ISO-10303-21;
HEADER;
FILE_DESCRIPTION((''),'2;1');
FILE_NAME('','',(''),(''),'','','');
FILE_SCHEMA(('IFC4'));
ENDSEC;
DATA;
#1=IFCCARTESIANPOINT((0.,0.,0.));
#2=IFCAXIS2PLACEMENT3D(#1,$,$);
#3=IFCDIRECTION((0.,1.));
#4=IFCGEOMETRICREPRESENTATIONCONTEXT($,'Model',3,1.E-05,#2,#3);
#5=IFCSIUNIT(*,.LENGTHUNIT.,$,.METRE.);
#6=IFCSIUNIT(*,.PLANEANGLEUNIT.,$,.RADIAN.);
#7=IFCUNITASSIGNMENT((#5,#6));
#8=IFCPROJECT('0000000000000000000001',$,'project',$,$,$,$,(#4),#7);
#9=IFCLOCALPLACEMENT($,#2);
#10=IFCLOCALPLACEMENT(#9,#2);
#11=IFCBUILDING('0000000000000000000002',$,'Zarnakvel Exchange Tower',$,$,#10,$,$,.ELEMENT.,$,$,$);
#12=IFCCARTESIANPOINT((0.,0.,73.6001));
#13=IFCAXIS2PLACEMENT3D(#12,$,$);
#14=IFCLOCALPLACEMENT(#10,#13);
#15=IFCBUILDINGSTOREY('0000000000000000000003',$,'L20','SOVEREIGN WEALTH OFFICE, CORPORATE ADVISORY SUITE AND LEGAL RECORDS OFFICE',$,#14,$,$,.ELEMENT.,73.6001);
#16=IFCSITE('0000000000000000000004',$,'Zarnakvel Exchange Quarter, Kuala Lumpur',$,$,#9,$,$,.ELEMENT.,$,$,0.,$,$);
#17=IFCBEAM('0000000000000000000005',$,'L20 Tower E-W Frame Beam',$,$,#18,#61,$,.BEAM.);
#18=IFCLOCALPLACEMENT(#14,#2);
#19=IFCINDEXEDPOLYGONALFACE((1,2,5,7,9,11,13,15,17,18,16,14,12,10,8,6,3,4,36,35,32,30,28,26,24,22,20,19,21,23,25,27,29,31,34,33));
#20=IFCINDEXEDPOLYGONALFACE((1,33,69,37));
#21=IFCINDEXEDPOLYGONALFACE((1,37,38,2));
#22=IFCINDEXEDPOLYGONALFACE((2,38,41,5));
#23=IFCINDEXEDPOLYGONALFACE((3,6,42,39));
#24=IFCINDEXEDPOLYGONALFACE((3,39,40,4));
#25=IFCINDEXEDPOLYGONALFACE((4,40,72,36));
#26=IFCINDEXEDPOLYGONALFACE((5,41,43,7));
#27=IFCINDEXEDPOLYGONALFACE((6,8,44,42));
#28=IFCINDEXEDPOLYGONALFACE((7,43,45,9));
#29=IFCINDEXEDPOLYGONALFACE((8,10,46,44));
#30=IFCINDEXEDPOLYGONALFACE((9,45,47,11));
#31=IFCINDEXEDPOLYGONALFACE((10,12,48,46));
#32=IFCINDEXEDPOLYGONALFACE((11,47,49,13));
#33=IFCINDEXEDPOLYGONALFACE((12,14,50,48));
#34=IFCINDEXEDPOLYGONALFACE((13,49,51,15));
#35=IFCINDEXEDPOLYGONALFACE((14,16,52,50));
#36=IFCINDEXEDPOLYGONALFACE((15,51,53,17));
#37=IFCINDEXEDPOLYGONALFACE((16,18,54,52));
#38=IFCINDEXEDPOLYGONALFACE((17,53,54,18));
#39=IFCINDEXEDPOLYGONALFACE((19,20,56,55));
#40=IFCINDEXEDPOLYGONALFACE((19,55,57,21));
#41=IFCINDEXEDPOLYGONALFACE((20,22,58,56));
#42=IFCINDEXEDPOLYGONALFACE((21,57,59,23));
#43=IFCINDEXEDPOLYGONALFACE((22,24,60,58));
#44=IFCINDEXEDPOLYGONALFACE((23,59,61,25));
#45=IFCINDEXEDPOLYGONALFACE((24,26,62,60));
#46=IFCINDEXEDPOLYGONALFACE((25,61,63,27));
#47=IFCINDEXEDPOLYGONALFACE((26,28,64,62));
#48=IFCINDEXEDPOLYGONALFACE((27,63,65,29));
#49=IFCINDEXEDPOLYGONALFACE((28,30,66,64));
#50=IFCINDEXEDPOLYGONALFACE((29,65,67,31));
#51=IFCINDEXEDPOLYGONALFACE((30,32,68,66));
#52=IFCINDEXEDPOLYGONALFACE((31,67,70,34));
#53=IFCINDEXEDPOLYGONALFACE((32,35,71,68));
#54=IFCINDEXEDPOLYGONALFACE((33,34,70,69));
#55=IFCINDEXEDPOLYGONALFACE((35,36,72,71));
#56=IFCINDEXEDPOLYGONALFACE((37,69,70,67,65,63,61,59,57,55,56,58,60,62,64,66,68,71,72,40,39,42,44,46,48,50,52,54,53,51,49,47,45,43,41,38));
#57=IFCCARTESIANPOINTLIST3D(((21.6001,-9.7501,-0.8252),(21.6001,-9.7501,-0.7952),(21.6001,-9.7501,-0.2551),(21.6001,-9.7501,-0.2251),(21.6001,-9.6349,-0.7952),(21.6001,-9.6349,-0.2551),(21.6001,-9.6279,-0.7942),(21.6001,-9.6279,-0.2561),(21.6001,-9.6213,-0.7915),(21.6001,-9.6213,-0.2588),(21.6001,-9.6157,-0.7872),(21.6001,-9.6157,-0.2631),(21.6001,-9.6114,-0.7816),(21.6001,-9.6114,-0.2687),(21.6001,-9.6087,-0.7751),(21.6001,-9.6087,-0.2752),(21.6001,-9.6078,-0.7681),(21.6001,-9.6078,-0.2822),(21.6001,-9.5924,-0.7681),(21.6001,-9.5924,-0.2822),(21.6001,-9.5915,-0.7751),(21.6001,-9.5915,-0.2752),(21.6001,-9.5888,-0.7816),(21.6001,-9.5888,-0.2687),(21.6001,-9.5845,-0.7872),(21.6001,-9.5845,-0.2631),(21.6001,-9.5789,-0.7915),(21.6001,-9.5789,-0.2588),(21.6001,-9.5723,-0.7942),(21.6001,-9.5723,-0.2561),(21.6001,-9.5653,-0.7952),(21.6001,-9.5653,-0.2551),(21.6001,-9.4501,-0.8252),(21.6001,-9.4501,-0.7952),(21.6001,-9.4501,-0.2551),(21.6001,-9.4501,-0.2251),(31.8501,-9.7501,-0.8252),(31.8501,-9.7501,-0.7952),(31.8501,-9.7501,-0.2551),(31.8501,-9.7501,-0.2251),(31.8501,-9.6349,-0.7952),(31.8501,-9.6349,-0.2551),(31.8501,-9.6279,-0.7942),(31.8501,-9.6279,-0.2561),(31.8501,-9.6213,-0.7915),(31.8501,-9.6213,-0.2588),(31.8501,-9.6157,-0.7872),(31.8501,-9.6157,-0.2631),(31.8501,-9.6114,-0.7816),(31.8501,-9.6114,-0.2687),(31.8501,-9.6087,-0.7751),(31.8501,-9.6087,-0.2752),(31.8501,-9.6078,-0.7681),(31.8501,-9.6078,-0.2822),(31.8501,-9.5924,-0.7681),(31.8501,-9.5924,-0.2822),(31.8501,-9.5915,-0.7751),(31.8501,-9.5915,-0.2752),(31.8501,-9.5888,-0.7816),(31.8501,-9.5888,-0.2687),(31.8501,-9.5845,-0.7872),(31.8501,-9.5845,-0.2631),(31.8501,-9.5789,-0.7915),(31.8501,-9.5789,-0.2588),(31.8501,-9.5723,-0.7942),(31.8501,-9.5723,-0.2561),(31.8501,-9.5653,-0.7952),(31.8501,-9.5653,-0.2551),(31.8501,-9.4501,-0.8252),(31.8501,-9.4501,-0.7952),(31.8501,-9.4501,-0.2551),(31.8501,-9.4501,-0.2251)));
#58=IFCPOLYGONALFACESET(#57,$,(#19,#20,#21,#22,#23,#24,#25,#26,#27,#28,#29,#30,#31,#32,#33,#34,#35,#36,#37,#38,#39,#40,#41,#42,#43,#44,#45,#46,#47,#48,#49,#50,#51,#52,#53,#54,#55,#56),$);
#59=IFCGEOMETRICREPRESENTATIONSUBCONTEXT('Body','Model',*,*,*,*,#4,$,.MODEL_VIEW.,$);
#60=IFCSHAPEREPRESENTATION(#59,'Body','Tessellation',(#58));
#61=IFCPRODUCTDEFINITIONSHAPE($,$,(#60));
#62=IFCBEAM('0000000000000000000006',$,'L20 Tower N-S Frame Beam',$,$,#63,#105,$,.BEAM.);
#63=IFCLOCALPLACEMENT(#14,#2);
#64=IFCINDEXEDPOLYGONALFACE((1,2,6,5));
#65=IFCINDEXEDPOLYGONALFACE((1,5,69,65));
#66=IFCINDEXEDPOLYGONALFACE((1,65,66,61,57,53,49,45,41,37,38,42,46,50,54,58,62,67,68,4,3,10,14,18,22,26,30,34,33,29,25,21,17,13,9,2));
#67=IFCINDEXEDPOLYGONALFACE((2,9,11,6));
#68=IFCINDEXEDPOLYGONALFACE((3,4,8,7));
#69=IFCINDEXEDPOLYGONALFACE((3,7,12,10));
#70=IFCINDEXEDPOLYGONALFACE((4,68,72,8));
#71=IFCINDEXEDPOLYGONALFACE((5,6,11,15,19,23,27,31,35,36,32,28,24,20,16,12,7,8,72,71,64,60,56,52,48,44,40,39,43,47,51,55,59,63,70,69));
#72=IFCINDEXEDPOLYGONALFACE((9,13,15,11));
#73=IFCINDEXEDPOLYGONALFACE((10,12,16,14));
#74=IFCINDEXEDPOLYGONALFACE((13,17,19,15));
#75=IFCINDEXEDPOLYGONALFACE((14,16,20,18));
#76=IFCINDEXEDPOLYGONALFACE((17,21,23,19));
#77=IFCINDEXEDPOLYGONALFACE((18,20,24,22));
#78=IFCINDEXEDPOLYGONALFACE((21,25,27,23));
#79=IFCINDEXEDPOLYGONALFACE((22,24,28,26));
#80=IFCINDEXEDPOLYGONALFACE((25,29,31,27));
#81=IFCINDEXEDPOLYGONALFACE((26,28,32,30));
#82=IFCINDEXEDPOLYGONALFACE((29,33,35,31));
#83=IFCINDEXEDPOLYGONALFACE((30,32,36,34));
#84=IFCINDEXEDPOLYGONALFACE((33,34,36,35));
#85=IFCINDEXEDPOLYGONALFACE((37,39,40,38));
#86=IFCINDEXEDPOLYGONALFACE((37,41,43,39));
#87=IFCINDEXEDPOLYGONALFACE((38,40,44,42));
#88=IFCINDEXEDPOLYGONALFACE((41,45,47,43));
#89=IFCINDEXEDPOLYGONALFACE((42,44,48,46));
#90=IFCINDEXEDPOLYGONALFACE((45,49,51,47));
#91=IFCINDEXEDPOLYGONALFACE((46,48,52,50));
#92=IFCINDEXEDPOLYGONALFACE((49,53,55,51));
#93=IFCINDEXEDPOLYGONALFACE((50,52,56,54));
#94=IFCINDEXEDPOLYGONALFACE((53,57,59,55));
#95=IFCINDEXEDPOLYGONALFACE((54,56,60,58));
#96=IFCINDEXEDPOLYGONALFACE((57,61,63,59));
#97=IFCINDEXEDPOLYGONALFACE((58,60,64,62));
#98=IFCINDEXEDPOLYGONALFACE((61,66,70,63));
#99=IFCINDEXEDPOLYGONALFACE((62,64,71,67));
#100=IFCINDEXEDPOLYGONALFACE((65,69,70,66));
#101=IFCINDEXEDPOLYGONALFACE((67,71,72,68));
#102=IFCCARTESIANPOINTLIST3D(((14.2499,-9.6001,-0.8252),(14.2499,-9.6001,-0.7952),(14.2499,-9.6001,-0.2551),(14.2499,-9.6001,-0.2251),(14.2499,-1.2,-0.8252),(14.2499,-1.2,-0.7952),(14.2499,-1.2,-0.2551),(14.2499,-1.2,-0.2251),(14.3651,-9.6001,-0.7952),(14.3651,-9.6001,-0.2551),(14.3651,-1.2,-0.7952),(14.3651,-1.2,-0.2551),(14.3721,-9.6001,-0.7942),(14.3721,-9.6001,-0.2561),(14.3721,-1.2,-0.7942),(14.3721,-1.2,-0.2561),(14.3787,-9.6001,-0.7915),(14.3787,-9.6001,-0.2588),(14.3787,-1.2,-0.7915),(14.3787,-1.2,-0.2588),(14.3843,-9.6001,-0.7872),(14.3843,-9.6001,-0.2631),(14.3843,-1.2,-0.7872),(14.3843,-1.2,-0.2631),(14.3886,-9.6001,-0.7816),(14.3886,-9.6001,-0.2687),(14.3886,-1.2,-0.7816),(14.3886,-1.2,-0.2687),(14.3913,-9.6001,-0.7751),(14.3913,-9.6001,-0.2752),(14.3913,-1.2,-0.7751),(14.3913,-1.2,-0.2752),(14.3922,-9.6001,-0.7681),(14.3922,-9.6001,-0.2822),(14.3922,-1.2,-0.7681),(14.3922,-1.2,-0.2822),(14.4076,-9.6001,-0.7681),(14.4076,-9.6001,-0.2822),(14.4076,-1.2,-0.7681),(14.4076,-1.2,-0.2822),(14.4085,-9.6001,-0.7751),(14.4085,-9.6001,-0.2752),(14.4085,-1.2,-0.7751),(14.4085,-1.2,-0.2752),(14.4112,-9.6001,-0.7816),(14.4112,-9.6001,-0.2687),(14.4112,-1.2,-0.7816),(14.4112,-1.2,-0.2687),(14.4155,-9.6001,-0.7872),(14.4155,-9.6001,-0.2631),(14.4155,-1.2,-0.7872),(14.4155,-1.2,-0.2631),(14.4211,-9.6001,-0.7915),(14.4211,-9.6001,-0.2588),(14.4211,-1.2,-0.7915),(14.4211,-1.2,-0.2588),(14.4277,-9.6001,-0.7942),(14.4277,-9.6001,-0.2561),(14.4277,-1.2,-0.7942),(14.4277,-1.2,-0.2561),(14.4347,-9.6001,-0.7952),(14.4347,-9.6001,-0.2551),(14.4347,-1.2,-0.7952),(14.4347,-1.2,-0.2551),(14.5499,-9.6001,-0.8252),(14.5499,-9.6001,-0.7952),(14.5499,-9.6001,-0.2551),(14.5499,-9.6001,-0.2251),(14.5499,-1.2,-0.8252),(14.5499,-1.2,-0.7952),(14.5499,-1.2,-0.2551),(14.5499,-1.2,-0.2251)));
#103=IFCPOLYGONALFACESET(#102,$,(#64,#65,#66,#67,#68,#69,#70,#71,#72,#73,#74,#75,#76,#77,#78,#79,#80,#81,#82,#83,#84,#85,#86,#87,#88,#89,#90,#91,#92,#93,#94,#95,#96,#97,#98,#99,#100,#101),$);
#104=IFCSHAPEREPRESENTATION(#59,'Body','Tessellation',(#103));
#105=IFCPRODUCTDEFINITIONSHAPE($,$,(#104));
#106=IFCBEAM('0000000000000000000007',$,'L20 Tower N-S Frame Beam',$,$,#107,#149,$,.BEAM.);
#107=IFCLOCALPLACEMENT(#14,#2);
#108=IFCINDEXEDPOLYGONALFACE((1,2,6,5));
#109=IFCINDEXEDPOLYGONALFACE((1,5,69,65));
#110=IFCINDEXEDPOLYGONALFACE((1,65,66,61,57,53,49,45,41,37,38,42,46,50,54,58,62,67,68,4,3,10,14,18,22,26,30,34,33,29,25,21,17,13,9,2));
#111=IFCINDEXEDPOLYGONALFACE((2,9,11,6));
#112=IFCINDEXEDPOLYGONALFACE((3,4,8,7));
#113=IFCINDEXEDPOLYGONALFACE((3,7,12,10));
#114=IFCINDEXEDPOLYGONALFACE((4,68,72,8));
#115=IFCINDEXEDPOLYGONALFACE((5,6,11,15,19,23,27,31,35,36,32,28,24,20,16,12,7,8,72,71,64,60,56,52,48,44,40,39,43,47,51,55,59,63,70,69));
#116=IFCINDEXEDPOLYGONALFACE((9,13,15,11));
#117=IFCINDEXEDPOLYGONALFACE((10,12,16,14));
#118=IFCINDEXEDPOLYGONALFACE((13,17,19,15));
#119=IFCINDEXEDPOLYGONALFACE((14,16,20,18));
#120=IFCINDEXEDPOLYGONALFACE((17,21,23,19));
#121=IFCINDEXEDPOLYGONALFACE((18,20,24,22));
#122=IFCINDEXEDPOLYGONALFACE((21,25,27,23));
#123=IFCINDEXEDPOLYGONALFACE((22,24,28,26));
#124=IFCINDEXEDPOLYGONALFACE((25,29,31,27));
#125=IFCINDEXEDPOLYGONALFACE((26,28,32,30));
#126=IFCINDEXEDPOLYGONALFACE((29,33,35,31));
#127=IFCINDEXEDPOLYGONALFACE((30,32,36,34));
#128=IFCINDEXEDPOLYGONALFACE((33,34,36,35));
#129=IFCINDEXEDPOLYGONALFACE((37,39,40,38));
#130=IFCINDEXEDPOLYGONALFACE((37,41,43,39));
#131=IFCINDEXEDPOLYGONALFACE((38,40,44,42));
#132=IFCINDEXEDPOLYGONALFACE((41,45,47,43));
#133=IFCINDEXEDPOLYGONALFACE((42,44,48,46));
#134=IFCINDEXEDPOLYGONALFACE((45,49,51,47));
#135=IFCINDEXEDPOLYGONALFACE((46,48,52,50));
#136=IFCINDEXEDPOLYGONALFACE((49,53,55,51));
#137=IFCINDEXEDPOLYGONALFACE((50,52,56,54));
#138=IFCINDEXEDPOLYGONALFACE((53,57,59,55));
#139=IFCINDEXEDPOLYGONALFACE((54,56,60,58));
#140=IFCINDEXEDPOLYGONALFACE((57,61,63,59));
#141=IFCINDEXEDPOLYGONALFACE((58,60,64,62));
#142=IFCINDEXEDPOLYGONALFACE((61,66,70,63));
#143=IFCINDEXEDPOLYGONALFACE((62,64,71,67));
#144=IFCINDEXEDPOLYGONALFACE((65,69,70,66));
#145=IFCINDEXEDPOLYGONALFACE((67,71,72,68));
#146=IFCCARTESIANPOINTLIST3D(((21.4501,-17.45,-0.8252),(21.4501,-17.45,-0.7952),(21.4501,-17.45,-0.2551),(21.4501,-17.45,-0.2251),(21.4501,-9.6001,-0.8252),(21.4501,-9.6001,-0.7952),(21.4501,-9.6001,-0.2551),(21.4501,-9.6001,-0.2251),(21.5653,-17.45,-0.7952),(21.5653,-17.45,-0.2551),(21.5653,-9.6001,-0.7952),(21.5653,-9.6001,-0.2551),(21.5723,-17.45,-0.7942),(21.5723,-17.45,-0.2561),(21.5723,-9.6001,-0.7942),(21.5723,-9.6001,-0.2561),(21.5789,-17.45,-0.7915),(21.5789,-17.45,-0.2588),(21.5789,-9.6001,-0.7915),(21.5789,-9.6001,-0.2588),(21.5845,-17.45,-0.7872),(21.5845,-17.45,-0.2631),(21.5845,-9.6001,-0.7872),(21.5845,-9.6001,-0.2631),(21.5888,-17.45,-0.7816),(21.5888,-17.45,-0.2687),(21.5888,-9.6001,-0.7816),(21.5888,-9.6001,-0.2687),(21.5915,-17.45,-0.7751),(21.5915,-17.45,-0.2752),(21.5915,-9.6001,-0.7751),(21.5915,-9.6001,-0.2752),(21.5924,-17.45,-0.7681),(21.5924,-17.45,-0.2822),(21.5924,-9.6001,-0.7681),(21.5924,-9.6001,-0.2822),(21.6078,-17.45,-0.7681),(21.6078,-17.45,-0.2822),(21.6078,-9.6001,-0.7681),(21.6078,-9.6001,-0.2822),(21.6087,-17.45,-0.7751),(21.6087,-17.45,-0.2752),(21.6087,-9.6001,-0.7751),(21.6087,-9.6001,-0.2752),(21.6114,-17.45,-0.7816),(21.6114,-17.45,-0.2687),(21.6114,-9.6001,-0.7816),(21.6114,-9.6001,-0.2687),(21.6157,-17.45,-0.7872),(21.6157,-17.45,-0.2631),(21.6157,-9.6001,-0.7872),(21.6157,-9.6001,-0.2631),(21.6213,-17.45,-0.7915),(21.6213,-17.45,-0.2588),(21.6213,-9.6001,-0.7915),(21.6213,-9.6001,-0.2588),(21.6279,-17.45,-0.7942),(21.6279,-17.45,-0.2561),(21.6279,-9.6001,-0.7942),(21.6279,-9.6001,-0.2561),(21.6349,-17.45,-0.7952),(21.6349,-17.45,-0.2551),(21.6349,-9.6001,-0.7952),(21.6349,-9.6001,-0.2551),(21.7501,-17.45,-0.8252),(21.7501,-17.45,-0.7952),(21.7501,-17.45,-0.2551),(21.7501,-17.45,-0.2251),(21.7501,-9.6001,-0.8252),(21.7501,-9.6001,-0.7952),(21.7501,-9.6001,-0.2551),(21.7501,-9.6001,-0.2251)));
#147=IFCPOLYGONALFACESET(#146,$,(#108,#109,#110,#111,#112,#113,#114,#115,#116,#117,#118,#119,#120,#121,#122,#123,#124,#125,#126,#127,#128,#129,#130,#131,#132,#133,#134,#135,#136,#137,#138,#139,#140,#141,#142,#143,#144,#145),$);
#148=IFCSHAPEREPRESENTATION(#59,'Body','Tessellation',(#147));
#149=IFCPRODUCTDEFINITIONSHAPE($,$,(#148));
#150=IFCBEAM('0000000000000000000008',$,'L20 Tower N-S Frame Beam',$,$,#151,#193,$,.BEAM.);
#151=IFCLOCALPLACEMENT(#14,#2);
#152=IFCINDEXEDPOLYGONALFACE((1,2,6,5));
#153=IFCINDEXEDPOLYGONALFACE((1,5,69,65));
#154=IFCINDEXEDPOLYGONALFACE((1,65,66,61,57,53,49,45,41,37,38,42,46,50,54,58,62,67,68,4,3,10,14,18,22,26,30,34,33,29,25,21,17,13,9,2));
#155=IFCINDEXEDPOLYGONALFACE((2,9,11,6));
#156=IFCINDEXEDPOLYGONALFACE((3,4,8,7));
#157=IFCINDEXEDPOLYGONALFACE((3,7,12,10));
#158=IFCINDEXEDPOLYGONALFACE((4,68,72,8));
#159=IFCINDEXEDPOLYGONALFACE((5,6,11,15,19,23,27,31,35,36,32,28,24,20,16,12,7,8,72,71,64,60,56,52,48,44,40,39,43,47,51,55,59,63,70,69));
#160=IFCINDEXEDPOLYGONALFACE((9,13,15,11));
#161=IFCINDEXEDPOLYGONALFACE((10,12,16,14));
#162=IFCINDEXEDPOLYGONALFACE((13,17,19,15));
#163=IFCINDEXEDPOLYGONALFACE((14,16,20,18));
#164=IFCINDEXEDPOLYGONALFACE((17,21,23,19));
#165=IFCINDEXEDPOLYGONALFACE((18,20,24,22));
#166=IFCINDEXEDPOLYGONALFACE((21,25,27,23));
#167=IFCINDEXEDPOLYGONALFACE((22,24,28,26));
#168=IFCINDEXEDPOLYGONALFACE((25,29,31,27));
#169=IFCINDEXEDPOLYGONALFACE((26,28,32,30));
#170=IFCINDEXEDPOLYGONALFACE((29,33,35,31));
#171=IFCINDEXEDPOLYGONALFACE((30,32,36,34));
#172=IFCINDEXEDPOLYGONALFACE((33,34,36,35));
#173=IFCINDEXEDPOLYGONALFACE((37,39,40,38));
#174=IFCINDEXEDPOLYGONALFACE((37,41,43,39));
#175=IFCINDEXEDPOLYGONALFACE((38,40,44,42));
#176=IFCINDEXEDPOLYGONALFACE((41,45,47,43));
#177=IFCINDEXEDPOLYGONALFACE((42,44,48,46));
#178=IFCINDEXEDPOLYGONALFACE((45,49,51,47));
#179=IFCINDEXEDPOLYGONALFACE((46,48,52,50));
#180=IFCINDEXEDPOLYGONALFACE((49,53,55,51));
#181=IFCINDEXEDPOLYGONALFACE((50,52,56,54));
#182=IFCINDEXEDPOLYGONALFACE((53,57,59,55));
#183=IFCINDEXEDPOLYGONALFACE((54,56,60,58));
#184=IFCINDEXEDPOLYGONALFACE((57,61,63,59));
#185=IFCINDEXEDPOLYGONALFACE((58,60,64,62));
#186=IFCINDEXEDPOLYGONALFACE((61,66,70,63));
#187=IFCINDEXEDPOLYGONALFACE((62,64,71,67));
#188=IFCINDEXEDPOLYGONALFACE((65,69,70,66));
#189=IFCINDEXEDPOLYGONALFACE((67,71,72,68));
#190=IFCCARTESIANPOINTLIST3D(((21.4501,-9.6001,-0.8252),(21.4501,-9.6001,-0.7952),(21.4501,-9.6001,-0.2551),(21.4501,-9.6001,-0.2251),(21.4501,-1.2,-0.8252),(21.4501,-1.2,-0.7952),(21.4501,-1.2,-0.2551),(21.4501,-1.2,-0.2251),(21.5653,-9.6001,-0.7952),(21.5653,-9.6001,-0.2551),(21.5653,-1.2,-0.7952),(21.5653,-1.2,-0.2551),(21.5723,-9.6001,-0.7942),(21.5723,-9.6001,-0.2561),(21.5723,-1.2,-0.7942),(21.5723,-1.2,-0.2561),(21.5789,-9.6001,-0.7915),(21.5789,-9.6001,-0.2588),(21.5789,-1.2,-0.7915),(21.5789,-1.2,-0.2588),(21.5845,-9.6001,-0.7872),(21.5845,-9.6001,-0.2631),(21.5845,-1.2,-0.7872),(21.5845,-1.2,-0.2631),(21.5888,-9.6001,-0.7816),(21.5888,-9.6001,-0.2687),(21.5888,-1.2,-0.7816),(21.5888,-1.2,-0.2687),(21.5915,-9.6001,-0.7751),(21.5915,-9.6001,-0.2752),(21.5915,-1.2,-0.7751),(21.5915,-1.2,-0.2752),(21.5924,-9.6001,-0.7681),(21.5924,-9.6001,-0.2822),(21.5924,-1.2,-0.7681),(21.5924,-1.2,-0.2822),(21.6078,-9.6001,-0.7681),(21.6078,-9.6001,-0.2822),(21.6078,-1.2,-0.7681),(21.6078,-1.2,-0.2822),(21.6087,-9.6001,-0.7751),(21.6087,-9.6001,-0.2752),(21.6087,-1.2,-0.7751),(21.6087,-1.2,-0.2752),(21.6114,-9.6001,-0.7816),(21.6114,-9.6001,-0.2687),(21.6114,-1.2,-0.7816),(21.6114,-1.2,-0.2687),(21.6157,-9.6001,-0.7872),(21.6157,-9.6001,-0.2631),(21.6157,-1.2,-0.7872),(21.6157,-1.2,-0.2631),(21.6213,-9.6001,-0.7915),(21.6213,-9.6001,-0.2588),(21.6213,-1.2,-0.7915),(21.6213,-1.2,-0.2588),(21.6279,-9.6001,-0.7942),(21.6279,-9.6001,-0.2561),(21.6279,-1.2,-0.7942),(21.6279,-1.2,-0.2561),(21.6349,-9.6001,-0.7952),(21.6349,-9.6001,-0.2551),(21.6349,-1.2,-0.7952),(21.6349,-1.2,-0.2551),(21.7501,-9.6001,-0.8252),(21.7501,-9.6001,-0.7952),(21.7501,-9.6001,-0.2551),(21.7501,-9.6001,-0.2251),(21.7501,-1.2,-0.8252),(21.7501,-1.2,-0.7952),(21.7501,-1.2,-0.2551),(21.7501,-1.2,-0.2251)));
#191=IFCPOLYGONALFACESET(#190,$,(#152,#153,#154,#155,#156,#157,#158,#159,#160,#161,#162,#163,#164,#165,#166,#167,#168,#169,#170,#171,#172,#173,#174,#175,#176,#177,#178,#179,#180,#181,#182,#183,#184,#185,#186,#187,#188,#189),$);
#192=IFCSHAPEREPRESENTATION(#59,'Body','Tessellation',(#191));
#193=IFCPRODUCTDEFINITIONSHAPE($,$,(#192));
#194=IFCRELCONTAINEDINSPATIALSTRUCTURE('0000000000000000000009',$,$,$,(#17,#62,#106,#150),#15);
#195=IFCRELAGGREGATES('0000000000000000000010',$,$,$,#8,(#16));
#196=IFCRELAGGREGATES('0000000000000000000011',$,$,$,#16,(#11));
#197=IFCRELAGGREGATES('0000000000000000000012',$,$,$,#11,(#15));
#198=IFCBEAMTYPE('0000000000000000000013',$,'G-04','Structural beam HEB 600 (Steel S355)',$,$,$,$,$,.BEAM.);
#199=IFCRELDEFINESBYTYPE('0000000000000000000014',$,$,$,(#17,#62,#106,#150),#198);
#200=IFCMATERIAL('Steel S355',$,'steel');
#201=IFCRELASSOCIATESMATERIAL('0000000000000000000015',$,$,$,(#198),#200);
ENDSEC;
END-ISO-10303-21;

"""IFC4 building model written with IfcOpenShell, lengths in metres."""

from ifc_helpers import new_model, si_unit, direction, frame, origin, origin_2d, place, context, subcontext, project, spatial, i_section, extrude, material, material_profile, profile_set, type_object, element, save


model = new_model("IFC4")

# Units and contexts
model_context = context("Model", 3, precision=1e-05, world=origin(), true_north=direction((0.0, 1.0)))
body_context = subcontext(model_context, "Body", "Model", "MODEL_VIEW")
ifc_project = project(units=[si_unit("LENGTHUNIT", "METRE"), si_unit("PLANEANGLEUNIT", "RADIAN")], contexts=[model_context])

# Site, building, storey
site_placement = place(None, origin())
site = spatial("IfcSite", under=ifc_project, at=site_placement, Name="Zarnakvel Exchange Quarter, Kuala Lumpur", CompositionType="ELEMENT", RefElevation=0.0)
building_placement = place(site_placement, origin())
building = spatial("IfcBuilding", under=site, at=building_placement, Name="Zarnakvel Exchange Tower", CompositionType="ELEMENT")
storey_placement = place(building_placement, frame((0.0, 0.0, 73.6001)))
storey = spatial("IfcBuildingStorey", under=building, at=storey_placement, Name="L20", Description="SOVEREIGN WEALTH OFFICE, CORPORATE ADVISORY SUITE AND LEGAL RECORDS OFFICE", CompositionType="ELEMENT", Elevation=73.6001)

# Shared definitions
ifc_material_1 = material(Name="Steel S355", Category="steel")

# Beams
ifc_material_profile_1 = material_profile(ifc_material_1, i_section(OverallWidth=0.3, OverallDepth=0.6001, WebThickness=0.0154, FlangeThickness=0.03, FilletRadius=0.0271, at=origin_2d()))
ifc_profile_set_1 = profile_set([ifc_material_profile_1], Name="Steel S355")
beam_type_1 = type_object("IfcBeamType", Name="G-04", Description="Structural beam HEB 600 (Steel S355)", PredefinedType="BEAM", material=ifc_profile_set_1)
beam_1_placement = place(storey_placement, frame((21.6001, -9.6001, -0.5251), z_axis=(1.0, 0.0, 0.0), x_axis=(0.0, 1.0, 0.0)))
element("IfcBeam", 1, at=beam_1_placement, inside=storey, type_object=beam_type_1, Name="L20 Tower E-W Frame Beam", PredefinedType="BEAM", context=body_context, shape_type="SweptSolid", body=[
    extrude(i_section(OverallWidth=0.3, OverallDepth=0.6001, WebThickness=0.0154, FlangeThickness=0.03, FilletRadius=0.0271, at=origin_2d()), origin(), (0.0, 0.0, 1.0), 10.25),
])
beam_2_placement = place(storey_placement, frame((14.3999, -9.6001, -0.5251), z_axis=(0.0, 1.0, 0.0), x_axis=(-1.0, 0.0, 0.0)))
element("IfcBeam", 2, at=beam_2_placement, inside=storey, type_object=beam_type_1, Name="L20 Tower N-S Frame Beam", PredefinedType="BEAM", context=body_context, shape_type="SweptSolid", body=[
    extrude(i_section(OverallWidth=0.3, OverallDepth=0.6001, WebThickness=0.0154, FlangeThickness=0.03, FilletRadius=0.0271, at=origin_2d()), origin(), (0.0, 0.0, 1.0), 8.4001),
])
beam_3_placement = place(storey_placement, frame((21.6001, -17.45, -0.5251), z_axis=(0.0, 1.0, 0.0), x_axis=(-1.0, 0.0, 0.0)))
element("IfcBeam", 3, at=beam_3_placement, inside=storey, type_object=beam_type_1, Name="L20 Tower N-S Frame Beam", PredefinedType="BEAM", context=body_context, shape_type="SweptSolid", body=[
    extrude(i_section(OverallWidth=0.3, OverallDepth=0.6001, WebThickness=0.0154, FlangeThickness=0.03, FilletRadius=0.0271, at=origin_2d()), origin(), (0.0, 0.0, 1.0), 7.8499),
])
beam_4_placement = place(storey_placement, frame((21.6001, -9.6001, -0.5251), z_axis=(0.0, 1.0, 0.0), x_axis=(-1.0, 0.0, 0.0)))
element("IfcBeam", 4, at=beam_4_placement, inside=storey, type_object=beam_type_1, Name="L20 Tower N-S Frame Beam", PredefinedType="BEAM", context=body_context, shape_type="SweptSolid", body=[
    extrude(i_section(OverallWidth=0.3, OverallDepth=0.6001, WebThickness=0.0154, FlangeThickness=0.03, FilletRadius=0.0271, at=origin_2d()), origin(), (0.0, 0.0, 1.0), 8.4001),
])

save(model, "model.ifc")
